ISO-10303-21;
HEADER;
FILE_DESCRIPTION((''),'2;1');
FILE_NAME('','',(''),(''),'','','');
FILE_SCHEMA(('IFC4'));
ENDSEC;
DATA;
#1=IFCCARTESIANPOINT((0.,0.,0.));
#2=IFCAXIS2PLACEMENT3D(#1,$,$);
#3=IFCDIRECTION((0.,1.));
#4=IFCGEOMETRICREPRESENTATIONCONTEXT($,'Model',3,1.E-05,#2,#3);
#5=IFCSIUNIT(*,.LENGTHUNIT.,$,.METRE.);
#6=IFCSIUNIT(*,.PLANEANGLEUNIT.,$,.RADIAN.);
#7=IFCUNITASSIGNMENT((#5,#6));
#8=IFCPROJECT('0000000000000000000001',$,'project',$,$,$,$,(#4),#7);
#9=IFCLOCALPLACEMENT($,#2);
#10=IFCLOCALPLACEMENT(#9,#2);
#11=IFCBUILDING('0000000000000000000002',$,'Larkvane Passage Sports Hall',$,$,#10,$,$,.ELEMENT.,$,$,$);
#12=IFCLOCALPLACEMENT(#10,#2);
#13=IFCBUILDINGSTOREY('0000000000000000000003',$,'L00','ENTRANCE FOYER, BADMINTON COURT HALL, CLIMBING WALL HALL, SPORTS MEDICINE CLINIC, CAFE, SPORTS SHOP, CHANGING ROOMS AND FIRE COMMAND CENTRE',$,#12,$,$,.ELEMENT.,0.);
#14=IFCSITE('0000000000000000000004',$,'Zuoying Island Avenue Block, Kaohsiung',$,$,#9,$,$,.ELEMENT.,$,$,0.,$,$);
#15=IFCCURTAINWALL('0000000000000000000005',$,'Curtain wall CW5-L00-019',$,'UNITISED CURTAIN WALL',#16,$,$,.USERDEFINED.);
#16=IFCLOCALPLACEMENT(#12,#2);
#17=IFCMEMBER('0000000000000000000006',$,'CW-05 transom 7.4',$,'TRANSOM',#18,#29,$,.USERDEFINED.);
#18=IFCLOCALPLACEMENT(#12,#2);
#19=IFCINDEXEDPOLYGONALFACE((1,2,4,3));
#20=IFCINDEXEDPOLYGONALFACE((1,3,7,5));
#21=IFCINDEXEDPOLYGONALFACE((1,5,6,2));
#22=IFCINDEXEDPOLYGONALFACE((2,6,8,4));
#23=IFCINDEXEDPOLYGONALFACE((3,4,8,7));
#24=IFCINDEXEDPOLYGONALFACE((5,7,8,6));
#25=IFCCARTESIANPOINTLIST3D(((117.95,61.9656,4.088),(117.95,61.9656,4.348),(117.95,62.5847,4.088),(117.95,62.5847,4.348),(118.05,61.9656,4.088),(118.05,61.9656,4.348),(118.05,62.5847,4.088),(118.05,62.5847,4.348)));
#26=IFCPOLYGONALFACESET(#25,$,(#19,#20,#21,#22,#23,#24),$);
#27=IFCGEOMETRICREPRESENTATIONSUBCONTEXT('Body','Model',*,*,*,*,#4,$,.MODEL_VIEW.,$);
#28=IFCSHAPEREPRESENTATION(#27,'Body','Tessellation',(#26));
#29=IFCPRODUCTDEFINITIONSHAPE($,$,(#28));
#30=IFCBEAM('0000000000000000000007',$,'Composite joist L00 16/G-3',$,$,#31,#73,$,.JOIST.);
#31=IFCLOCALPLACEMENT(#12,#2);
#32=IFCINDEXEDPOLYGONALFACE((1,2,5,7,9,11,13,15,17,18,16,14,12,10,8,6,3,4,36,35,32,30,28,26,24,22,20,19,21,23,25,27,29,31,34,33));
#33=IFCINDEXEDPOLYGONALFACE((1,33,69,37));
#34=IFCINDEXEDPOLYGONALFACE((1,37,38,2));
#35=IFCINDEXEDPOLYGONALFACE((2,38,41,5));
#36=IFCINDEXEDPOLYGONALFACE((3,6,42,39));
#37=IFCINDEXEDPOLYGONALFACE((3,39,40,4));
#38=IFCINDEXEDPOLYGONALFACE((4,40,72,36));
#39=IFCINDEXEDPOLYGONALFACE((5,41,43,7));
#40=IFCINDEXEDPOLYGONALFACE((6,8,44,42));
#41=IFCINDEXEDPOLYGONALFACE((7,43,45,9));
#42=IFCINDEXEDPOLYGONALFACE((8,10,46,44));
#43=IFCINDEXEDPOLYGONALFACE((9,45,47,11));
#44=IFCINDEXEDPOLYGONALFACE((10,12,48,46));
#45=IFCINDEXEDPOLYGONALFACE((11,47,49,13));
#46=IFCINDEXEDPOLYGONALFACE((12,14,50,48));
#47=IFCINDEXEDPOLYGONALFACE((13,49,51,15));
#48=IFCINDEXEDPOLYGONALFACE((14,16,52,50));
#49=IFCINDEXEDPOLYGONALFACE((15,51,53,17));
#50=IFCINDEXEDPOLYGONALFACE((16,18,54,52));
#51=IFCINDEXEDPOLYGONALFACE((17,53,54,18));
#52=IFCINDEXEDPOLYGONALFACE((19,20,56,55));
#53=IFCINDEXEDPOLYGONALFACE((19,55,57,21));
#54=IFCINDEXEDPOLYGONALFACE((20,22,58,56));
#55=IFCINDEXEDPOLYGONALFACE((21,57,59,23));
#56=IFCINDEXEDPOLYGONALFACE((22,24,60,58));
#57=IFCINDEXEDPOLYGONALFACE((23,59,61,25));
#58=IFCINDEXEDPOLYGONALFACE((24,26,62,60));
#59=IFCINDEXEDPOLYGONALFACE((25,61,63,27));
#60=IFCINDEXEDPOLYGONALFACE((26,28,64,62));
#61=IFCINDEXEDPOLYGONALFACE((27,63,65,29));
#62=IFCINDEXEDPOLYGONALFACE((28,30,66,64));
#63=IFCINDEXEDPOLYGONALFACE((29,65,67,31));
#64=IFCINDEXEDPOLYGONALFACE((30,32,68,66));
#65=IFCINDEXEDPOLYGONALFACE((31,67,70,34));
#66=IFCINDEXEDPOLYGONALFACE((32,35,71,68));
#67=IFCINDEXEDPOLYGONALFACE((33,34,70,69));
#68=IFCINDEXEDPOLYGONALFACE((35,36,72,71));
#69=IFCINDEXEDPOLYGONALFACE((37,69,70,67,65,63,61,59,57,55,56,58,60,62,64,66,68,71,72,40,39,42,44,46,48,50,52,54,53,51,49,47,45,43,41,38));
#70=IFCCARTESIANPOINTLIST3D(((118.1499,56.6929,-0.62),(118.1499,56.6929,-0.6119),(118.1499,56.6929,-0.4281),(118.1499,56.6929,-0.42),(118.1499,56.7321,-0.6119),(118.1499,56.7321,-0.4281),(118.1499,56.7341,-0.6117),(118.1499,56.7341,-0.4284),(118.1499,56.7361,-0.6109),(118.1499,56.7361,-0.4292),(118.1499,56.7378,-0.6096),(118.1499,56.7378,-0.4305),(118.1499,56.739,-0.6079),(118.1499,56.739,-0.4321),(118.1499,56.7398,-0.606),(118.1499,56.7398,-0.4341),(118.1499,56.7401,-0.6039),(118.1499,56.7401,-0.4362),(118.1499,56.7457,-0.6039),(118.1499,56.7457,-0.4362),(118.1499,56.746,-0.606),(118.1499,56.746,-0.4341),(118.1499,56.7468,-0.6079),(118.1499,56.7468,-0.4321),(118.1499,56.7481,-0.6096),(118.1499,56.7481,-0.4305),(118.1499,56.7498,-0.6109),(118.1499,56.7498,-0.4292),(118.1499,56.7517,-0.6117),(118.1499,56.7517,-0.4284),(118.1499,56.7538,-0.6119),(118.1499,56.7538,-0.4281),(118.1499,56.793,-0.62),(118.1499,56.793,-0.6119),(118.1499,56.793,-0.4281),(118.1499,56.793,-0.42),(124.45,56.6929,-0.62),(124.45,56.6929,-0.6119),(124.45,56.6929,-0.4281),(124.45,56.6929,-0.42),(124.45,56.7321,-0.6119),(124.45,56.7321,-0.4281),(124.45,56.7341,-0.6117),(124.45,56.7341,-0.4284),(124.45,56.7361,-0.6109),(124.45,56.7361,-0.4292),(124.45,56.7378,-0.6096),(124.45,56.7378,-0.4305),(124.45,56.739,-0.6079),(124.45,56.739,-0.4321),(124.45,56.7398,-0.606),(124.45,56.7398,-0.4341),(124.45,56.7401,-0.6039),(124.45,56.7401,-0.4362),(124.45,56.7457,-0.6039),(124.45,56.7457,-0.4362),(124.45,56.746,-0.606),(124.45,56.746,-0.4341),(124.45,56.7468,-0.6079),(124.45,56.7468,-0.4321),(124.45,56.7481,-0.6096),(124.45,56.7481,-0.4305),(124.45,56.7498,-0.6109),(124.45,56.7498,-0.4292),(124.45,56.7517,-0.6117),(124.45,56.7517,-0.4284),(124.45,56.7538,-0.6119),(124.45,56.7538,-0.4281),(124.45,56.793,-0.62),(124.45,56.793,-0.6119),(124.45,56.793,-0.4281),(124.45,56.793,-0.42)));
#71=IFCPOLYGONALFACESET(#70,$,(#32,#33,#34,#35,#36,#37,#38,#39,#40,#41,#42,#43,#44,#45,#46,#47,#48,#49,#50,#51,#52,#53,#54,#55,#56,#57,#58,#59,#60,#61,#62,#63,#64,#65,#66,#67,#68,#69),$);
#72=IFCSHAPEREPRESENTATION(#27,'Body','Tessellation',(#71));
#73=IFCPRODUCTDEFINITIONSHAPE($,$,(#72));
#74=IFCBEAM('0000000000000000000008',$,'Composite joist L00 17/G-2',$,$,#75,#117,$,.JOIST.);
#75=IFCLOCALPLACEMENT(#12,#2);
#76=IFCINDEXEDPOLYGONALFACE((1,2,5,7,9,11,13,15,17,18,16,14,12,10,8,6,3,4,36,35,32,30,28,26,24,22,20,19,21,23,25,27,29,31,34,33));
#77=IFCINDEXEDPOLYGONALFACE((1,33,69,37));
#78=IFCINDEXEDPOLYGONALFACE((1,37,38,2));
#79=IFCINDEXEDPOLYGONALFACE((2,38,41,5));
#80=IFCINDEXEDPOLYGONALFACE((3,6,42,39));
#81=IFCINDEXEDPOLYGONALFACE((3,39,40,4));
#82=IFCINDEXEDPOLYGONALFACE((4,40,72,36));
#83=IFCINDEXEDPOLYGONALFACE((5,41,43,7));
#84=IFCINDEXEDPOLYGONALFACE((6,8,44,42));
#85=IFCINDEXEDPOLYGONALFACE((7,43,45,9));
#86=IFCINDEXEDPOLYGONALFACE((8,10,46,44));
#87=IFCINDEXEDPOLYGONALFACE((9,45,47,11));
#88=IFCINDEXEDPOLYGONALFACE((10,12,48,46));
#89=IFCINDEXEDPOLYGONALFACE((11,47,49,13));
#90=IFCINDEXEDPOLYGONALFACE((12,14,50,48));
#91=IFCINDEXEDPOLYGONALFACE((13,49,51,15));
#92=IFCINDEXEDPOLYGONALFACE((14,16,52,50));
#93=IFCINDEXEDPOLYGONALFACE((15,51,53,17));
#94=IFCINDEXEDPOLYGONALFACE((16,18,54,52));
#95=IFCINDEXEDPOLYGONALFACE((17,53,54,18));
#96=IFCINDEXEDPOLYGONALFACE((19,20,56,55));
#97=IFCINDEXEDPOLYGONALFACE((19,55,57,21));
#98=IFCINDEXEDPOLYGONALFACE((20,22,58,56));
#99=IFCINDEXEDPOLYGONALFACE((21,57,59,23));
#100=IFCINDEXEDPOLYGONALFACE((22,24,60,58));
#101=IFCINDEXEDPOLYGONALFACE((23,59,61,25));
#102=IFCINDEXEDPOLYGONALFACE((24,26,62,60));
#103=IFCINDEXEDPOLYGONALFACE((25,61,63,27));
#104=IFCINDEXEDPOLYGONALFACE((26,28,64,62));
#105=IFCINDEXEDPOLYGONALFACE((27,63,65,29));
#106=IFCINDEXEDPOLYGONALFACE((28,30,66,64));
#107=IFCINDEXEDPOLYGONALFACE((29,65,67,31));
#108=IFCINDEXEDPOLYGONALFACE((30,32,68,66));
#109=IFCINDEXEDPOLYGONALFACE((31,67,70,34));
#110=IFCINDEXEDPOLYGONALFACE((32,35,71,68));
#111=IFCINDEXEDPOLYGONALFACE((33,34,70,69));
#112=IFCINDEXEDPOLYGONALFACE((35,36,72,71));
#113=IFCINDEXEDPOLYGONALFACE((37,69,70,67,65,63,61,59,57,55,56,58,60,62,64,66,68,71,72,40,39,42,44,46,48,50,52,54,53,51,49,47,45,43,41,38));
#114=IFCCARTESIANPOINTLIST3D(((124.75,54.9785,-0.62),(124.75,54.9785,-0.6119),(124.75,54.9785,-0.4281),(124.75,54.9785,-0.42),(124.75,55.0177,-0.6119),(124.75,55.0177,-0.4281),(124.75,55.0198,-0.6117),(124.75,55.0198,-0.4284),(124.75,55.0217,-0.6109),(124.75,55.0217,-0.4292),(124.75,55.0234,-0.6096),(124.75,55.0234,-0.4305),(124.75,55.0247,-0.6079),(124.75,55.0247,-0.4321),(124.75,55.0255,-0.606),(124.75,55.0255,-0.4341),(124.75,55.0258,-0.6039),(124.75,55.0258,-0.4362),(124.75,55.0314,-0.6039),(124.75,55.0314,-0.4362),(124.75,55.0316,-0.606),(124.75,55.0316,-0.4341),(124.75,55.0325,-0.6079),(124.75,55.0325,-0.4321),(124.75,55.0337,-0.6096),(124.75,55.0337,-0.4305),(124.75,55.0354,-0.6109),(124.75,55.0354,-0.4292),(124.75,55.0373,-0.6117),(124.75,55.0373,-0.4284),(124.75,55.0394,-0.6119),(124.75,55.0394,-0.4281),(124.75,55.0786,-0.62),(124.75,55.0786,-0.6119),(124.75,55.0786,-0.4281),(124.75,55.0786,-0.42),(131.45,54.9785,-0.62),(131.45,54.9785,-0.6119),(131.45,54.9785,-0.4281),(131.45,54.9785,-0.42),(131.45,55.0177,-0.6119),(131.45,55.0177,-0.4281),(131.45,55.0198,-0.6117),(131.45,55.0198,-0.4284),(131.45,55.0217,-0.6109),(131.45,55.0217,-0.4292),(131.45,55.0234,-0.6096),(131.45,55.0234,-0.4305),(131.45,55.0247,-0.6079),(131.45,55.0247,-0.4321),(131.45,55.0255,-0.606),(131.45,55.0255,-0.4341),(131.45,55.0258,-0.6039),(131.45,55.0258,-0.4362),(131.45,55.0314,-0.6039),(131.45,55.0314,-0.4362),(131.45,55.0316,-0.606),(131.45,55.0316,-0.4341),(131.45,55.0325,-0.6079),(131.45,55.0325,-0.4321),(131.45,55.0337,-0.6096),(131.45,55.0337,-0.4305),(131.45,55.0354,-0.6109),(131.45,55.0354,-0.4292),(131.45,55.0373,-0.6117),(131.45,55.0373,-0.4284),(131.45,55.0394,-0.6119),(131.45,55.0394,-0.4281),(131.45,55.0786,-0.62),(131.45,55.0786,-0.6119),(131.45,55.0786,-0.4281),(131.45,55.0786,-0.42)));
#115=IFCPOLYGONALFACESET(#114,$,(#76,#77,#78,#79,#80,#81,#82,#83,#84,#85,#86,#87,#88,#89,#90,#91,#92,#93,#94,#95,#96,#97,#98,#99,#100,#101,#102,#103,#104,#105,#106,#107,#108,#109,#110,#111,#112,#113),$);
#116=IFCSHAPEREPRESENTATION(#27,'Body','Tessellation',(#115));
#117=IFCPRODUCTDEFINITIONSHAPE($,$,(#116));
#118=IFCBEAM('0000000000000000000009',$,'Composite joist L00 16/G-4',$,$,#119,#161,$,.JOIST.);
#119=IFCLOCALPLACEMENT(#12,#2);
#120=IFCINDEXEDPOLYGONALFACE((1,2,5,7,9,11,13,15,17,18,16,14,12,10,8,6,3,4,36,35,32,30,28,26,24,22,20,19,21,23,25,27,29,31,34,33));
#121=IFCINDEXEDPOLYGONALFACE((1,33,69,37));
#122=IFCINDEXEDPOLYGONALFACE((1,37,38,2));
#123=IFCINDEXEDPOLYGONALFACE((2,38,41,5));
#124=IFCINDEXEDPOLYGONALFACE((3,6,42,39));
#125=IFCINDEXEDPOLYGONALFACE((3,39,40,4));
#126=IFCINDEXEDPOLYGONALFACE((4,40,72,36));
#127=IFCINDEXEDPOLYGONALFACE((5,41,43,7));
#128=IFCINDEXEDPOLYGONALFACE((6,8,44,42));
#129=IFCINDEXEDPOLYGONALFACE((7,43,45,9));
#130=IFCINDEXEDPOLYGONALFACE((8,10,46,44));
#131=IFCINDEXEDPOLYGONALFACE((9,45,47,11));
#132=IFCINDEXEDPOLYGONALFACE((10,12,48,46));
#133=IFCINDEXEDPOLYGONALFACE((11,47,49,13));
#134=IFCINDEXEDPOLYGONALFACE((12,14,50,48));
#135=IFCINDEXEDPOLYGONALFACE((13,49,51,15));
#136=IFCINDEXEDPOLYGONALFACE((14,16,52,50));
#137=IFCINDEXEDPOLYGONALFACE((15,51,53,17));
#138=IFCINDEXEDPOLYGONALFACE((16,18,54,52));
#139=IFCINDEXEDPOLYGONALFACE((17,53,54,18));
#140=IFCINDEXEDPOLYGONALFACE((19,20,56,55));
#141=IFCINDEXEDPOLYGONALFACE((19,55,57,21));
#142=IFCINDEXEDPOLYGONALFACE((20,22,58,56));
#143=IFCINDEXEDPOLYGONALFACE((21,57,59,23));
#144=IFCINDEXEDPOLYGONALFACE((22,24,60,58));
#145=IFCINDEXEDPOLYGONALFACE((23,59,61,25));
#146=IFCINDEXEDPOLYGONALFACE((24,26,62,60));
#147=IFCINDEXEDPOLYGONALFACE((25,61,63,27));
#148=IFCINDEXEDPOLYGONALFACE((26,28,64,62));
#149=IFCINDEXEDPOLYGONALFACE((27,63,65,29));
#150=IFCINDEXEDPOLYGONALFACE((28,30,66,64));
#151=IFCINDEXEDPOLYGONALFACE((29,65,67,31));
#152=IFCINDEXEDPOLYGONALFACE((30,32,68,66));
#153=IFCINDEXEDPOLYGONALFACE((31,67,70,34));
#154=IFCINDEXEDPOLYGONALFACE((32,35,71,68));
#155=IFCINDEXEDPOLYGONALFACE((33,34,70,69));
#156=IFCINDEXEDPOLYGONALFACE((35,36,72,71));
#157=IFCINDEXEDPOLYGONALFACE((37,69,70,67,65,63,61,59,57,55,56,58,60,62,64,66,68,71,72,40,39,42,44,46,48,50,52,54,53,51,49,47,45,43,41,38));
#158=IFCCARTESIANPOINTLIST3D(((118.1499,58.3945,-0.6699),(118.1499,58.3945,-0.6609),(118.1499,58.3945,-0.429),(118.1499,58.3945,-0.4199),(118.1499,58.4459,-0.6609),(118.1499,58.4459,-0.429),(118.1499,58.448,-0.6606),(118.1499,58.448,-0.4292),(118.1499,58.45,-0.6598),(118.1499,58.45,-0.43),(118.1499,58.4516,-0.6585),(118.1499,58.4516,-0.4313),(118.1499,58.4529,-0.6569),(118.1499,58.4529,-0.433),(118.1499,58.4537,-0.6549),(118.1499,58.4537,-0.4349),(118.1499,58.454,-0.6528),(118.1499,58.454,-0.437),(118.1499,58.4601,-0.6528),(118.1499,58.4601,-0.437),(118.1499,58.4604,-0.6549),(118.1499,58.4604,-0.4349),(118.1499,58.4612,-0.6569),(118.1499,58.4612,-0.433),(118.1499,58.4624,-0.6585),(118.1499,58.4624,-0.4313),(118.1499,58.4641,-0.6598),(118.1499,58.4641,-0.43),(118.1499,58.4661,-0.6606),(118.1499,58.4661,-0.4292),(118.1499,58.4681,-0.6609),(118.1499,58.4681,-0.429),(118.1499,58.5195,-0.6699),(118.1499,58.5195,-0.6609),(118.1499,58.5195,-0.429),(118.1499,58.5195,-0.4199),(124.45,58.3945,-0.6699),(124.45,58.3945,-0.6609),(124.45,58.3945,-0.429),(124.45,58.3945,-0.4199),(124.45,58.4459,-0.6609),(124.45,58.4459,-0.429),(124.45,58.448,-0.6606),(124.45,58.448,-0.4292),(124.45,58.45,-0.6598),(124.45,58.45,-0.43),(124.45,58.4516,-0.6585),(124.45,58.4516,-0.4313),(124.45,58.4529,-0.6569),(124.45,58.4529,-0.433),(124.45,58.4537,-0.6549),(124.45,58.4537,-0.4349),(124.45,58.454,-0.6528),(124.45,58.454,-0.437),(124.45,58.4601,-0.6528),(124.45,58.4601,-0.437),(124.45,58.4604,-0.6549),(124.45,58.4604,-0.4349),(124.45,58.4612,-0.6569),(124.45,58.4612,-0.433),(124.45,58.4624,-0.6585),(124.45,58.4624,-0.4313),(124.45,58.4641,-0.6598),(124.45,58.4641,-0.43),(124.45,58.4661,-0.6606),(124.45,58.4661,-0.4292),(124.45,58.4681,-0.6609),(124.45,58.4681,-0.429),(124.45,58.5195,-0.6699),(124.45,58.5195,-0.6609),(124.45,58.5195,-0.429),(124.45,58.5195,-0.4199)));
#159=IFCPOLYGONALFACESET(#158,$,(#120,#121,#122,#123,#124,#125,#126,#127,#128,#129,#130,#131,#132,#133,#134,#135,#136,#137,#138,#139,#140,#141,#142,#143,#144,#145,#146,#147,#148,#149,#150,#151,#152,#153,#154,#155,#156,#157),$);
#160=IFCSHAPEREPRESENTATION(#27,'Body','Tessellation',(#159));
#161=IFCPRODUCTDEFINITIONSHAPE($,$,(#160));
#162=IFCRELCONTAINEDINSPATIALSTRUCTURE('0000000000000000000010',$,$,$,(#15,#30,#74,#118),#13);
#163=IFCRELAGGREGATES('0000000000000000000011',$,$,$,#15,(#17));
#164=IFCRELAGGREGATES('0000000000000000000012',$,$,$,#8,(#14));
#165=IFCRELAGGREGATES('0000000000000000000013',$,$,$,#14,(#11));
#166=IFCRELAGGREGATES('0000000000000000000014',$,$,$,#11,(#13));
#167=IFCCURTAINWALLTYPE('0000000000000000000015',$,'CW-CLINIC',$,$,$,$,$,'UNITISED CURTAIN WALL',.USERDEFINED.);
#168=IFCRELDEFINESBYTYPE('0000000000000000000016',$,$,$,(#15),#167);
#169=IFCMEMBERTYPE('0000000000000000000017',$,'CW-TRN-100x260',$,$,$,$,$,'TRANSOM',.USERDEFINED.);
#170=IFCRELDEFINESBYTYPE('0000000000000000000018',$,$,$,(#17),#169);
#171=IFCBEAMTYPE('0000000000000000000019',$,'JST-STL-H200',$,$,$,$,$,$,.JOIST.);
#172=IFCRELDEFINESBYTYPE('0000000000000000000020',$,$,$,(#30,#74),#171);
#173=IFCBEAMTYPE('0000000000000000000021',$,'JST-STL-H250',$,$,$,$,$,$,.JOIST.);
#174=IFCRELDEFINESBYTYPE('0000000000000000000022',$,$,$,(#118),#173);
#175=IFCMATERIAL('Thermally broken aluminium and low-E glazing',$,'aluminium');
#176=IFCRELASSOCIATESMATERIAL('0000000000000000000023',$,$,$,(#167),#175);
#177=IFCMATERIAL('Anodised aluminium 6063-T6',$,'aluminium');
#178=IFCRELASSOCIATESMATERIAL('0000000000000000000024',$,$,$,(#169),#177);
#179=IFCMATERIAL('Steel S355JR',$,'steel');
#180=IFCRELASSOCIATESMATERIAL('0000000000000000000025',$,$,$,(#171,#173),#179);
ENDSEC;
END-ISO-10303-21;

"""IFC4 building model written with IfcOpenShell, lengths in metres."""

from ifc_helpers import new_model, si_unit, direction, frame, origin, origin_2d, place, context, subcontext, project, spatial, rectangle, i_section, extrude, material, material_profile, profile_set, type_object, element, aggregate, save


model = new_model("IFC4")

# Units and contexts
model_context = context("Model", 3, precision=1e-05, world=origin(), true_north=direction((0.0, 1.0)))
body_context = subcontext(model_context, "Body", "Model", "MODEL_VIEW")
ifc_project = project(units=[si_unit("LENGTHUNIT", "METRE"), si_unit("PLANEANGLEUNIT", "RADIAN")], contexts=[model_context])

# Site, building, storey
site_placement = place(None, origin())
site = spatial("IfcSite", under=ifc_project, at=site_placement, Name="Zuoying Island Avenue Block, Kaohsiung", CompositionType="ELEMENT", RefElevation=0.0)
building_placement = place(site_placement, origin())
building = spatial("IfcBuilding", under=site, at=building_placement, Name="Larkvane Passage Sports Hall", CompositionType="ELEMENT")
storey_placement = place(building_placement, origin())
storey = spatial("IfcBuildingStorey", under=building, at=storey_placement, Name="L00", Description="ENTRANCE FOYER, BADMINTON COURT HALL, CLIMBING WALL HALL, SPORTS MEDICINE CLINIC, CAFE, SPORTS SHOP, CHANGING ROOMS AND FIRE COMMAND CENTRE", CompositionType="ELEMENT", Elevation=0.0)

# Curtain wall, member
ifc_material_1 = material(Name="Thermally broken aluminium and low-E glazing", Category="aluminium")
curtain_wall_type = type_object("IfcCurtainWallType", Name="CW-CLINIC", ElementType="UNITISED CURTAIN WALL", PredefinedType="USERDEFINED", material=ifc_material_1)
curtain_wall_placement = place(storey_placement, origin())
curtain_wall = element("IfcCurtainWall", 1, at=curtain_wall_placement, inside=storey, type_object=curtain_wall_type, Name="Curtain wall CW5-L00-019", ObjectType="UNITISED CURTAIN WALL", PredefinedType="USERDEFINED")
ifc_material_2 = material(Name="Anodised aluminium 6063-T6", Category="aluminium")
ifc_material_profile_1 = material_profile(ifc_material_2, rectangle(XDim=0.1001, YDim=0.26, at=origin_2d()), Name="ALU-TRN-100x260")
ifc_profile_set_1 = profile_set([ifc_material_profile_1], Name="Anodised aluminium 6063-T6")
member_type_1 = type_object("IfcMemberType", Name="CW-TRN-100x260", ElementType="TRANSOM", PredefinedType="USERDEFINED", material=ifc_profile_set_1)
member_1_placement = place(storey_placement, frame((118.0, 61.9656, 4.218), z_axis=(0.0, 1.0, 0.0), x_axis=(-1.0, 0.0, 0.0)))
member_1 = element("IfcMember", 2, at=member_1_placement, type_object=member_type_1, Name="CW-05 transom 7.4", ObjectType="TRANSOM", PredefinedType="USERDEFINED", context=body_context, shape_type="SweptSolid", body=[
    extrude(rectangle(XDim=0.1001, YDim=0.26, at=origin_2d()), origin(), (0.0, 0.0, 1.0), 0.6191),
])

# Beams
ifc_material_3 = material(Name="Steel S355JR", Category="steel")
ifc_material_profile_2 = material_profile(ifc_material_3, i_section(OverallWidth=0.1001, OverallDepth=0.2, WebThickness=0.0056, FlangeThickness=0.0081, FilletRadius=0.0081, at=origin_2d()), Name="H-200x100x5.5x8")
ifc_profile_set_2 = profile_set([ifc_material_profile_2], Name="Steel S355JR")
beam_type_1 = type_object("IfcBeamType", Name="JST-STL-H200", PredefinedType="JOIST", material=ifc_profile_set_2)
beam_1_placement = place(storey_placement, frame((118.1499, 56.7429, -0.52), z_axis=(1.0, 0.0, 0.0), x_axis=(0.0, 1.0, 0.0)))
element("IfcBeam", 3, at=beam_1_placement, inside=storey, type_object=beam_type_1, Name="Composite joist L00 16/G-3", PredefinedType="JOIST", context=body_context, shape_type="SweptSolid", body=[
    extrude(i_section(OverallWidth=0.1001, OverallDepth=0.2, WebThickness=0.0056, FlangeThickness=0.0081, FilletRadius=0.0081, at=origin_2d()), origin(), (0.0, 0.0, 1.0), 6.3),
])
beam_2_placement = place(storey_placement, frame((124.75, 55.0286, -0.52), z_axis=(1.0, 0.0, 0.0), x_axis=(0.0, 1.0, 0.0)))
element("IfcBeam", 4, at=beam_2_placement, inside=storey, type_object=beam_type_1, Name="Composite joist L00 17/G-2", PredefinedType="JOIST", context=body_context, shape_type="SweptSolid", body=[
    extrude(i_section(OverallWidth=0.1001, OverallDepth=0.2, WebThickness=0.0056, FlangeThickness=0.0081, FilletRadius=0.0081, at=origin_2d()), origin(), (0.0, 0.0, 1.0), 6.7),
])
ifc_material_profile_3 = material_profile(ifc_material_3, i_section(OverallWidth=0.125, OverallDepth=0.25, WebThickness=0.0061, FlangeThickness=0.009, FilletRadius=0.0081, at=origin_2d()), Name="H-250x125x6x9")
ifc_profile_set_3 = profile_set([ifc_material_profile_3], Name="Steel S355JR")
beam_type_2 = type_object("IfcBeamType", Name="JST-STL-H250", PredefinedType="JOIST", material=ifc_profile_set_3)
beam_3_placement = place(storey_placement, frame((118.1499, 58.457, -0.5449), z_axis=(1.0, 0.0, 0.0), x_axis=(0.0, 1.0, 0.0)))
element("IfcBeam", 5, at=beam_3_placement, inside=storey, type_object=beam_type_2, Name="Composite joist L00 16/G-4", PredefinedType="JOIST", context=body_context, shape_type="SweptSolid", body=[
    extrude(i_section(OverallWidth=0.125, OverallDepth=0.25, WebThickness=0.0061, FlangeThickness=0.009, FilletRadius=0.0081, at=origin_2d()), origin(), (0.0, 0.0, 1.0), 6.3),
])

aggregate(curtain_wall, [member_1])

save(model, "model.ifc")
